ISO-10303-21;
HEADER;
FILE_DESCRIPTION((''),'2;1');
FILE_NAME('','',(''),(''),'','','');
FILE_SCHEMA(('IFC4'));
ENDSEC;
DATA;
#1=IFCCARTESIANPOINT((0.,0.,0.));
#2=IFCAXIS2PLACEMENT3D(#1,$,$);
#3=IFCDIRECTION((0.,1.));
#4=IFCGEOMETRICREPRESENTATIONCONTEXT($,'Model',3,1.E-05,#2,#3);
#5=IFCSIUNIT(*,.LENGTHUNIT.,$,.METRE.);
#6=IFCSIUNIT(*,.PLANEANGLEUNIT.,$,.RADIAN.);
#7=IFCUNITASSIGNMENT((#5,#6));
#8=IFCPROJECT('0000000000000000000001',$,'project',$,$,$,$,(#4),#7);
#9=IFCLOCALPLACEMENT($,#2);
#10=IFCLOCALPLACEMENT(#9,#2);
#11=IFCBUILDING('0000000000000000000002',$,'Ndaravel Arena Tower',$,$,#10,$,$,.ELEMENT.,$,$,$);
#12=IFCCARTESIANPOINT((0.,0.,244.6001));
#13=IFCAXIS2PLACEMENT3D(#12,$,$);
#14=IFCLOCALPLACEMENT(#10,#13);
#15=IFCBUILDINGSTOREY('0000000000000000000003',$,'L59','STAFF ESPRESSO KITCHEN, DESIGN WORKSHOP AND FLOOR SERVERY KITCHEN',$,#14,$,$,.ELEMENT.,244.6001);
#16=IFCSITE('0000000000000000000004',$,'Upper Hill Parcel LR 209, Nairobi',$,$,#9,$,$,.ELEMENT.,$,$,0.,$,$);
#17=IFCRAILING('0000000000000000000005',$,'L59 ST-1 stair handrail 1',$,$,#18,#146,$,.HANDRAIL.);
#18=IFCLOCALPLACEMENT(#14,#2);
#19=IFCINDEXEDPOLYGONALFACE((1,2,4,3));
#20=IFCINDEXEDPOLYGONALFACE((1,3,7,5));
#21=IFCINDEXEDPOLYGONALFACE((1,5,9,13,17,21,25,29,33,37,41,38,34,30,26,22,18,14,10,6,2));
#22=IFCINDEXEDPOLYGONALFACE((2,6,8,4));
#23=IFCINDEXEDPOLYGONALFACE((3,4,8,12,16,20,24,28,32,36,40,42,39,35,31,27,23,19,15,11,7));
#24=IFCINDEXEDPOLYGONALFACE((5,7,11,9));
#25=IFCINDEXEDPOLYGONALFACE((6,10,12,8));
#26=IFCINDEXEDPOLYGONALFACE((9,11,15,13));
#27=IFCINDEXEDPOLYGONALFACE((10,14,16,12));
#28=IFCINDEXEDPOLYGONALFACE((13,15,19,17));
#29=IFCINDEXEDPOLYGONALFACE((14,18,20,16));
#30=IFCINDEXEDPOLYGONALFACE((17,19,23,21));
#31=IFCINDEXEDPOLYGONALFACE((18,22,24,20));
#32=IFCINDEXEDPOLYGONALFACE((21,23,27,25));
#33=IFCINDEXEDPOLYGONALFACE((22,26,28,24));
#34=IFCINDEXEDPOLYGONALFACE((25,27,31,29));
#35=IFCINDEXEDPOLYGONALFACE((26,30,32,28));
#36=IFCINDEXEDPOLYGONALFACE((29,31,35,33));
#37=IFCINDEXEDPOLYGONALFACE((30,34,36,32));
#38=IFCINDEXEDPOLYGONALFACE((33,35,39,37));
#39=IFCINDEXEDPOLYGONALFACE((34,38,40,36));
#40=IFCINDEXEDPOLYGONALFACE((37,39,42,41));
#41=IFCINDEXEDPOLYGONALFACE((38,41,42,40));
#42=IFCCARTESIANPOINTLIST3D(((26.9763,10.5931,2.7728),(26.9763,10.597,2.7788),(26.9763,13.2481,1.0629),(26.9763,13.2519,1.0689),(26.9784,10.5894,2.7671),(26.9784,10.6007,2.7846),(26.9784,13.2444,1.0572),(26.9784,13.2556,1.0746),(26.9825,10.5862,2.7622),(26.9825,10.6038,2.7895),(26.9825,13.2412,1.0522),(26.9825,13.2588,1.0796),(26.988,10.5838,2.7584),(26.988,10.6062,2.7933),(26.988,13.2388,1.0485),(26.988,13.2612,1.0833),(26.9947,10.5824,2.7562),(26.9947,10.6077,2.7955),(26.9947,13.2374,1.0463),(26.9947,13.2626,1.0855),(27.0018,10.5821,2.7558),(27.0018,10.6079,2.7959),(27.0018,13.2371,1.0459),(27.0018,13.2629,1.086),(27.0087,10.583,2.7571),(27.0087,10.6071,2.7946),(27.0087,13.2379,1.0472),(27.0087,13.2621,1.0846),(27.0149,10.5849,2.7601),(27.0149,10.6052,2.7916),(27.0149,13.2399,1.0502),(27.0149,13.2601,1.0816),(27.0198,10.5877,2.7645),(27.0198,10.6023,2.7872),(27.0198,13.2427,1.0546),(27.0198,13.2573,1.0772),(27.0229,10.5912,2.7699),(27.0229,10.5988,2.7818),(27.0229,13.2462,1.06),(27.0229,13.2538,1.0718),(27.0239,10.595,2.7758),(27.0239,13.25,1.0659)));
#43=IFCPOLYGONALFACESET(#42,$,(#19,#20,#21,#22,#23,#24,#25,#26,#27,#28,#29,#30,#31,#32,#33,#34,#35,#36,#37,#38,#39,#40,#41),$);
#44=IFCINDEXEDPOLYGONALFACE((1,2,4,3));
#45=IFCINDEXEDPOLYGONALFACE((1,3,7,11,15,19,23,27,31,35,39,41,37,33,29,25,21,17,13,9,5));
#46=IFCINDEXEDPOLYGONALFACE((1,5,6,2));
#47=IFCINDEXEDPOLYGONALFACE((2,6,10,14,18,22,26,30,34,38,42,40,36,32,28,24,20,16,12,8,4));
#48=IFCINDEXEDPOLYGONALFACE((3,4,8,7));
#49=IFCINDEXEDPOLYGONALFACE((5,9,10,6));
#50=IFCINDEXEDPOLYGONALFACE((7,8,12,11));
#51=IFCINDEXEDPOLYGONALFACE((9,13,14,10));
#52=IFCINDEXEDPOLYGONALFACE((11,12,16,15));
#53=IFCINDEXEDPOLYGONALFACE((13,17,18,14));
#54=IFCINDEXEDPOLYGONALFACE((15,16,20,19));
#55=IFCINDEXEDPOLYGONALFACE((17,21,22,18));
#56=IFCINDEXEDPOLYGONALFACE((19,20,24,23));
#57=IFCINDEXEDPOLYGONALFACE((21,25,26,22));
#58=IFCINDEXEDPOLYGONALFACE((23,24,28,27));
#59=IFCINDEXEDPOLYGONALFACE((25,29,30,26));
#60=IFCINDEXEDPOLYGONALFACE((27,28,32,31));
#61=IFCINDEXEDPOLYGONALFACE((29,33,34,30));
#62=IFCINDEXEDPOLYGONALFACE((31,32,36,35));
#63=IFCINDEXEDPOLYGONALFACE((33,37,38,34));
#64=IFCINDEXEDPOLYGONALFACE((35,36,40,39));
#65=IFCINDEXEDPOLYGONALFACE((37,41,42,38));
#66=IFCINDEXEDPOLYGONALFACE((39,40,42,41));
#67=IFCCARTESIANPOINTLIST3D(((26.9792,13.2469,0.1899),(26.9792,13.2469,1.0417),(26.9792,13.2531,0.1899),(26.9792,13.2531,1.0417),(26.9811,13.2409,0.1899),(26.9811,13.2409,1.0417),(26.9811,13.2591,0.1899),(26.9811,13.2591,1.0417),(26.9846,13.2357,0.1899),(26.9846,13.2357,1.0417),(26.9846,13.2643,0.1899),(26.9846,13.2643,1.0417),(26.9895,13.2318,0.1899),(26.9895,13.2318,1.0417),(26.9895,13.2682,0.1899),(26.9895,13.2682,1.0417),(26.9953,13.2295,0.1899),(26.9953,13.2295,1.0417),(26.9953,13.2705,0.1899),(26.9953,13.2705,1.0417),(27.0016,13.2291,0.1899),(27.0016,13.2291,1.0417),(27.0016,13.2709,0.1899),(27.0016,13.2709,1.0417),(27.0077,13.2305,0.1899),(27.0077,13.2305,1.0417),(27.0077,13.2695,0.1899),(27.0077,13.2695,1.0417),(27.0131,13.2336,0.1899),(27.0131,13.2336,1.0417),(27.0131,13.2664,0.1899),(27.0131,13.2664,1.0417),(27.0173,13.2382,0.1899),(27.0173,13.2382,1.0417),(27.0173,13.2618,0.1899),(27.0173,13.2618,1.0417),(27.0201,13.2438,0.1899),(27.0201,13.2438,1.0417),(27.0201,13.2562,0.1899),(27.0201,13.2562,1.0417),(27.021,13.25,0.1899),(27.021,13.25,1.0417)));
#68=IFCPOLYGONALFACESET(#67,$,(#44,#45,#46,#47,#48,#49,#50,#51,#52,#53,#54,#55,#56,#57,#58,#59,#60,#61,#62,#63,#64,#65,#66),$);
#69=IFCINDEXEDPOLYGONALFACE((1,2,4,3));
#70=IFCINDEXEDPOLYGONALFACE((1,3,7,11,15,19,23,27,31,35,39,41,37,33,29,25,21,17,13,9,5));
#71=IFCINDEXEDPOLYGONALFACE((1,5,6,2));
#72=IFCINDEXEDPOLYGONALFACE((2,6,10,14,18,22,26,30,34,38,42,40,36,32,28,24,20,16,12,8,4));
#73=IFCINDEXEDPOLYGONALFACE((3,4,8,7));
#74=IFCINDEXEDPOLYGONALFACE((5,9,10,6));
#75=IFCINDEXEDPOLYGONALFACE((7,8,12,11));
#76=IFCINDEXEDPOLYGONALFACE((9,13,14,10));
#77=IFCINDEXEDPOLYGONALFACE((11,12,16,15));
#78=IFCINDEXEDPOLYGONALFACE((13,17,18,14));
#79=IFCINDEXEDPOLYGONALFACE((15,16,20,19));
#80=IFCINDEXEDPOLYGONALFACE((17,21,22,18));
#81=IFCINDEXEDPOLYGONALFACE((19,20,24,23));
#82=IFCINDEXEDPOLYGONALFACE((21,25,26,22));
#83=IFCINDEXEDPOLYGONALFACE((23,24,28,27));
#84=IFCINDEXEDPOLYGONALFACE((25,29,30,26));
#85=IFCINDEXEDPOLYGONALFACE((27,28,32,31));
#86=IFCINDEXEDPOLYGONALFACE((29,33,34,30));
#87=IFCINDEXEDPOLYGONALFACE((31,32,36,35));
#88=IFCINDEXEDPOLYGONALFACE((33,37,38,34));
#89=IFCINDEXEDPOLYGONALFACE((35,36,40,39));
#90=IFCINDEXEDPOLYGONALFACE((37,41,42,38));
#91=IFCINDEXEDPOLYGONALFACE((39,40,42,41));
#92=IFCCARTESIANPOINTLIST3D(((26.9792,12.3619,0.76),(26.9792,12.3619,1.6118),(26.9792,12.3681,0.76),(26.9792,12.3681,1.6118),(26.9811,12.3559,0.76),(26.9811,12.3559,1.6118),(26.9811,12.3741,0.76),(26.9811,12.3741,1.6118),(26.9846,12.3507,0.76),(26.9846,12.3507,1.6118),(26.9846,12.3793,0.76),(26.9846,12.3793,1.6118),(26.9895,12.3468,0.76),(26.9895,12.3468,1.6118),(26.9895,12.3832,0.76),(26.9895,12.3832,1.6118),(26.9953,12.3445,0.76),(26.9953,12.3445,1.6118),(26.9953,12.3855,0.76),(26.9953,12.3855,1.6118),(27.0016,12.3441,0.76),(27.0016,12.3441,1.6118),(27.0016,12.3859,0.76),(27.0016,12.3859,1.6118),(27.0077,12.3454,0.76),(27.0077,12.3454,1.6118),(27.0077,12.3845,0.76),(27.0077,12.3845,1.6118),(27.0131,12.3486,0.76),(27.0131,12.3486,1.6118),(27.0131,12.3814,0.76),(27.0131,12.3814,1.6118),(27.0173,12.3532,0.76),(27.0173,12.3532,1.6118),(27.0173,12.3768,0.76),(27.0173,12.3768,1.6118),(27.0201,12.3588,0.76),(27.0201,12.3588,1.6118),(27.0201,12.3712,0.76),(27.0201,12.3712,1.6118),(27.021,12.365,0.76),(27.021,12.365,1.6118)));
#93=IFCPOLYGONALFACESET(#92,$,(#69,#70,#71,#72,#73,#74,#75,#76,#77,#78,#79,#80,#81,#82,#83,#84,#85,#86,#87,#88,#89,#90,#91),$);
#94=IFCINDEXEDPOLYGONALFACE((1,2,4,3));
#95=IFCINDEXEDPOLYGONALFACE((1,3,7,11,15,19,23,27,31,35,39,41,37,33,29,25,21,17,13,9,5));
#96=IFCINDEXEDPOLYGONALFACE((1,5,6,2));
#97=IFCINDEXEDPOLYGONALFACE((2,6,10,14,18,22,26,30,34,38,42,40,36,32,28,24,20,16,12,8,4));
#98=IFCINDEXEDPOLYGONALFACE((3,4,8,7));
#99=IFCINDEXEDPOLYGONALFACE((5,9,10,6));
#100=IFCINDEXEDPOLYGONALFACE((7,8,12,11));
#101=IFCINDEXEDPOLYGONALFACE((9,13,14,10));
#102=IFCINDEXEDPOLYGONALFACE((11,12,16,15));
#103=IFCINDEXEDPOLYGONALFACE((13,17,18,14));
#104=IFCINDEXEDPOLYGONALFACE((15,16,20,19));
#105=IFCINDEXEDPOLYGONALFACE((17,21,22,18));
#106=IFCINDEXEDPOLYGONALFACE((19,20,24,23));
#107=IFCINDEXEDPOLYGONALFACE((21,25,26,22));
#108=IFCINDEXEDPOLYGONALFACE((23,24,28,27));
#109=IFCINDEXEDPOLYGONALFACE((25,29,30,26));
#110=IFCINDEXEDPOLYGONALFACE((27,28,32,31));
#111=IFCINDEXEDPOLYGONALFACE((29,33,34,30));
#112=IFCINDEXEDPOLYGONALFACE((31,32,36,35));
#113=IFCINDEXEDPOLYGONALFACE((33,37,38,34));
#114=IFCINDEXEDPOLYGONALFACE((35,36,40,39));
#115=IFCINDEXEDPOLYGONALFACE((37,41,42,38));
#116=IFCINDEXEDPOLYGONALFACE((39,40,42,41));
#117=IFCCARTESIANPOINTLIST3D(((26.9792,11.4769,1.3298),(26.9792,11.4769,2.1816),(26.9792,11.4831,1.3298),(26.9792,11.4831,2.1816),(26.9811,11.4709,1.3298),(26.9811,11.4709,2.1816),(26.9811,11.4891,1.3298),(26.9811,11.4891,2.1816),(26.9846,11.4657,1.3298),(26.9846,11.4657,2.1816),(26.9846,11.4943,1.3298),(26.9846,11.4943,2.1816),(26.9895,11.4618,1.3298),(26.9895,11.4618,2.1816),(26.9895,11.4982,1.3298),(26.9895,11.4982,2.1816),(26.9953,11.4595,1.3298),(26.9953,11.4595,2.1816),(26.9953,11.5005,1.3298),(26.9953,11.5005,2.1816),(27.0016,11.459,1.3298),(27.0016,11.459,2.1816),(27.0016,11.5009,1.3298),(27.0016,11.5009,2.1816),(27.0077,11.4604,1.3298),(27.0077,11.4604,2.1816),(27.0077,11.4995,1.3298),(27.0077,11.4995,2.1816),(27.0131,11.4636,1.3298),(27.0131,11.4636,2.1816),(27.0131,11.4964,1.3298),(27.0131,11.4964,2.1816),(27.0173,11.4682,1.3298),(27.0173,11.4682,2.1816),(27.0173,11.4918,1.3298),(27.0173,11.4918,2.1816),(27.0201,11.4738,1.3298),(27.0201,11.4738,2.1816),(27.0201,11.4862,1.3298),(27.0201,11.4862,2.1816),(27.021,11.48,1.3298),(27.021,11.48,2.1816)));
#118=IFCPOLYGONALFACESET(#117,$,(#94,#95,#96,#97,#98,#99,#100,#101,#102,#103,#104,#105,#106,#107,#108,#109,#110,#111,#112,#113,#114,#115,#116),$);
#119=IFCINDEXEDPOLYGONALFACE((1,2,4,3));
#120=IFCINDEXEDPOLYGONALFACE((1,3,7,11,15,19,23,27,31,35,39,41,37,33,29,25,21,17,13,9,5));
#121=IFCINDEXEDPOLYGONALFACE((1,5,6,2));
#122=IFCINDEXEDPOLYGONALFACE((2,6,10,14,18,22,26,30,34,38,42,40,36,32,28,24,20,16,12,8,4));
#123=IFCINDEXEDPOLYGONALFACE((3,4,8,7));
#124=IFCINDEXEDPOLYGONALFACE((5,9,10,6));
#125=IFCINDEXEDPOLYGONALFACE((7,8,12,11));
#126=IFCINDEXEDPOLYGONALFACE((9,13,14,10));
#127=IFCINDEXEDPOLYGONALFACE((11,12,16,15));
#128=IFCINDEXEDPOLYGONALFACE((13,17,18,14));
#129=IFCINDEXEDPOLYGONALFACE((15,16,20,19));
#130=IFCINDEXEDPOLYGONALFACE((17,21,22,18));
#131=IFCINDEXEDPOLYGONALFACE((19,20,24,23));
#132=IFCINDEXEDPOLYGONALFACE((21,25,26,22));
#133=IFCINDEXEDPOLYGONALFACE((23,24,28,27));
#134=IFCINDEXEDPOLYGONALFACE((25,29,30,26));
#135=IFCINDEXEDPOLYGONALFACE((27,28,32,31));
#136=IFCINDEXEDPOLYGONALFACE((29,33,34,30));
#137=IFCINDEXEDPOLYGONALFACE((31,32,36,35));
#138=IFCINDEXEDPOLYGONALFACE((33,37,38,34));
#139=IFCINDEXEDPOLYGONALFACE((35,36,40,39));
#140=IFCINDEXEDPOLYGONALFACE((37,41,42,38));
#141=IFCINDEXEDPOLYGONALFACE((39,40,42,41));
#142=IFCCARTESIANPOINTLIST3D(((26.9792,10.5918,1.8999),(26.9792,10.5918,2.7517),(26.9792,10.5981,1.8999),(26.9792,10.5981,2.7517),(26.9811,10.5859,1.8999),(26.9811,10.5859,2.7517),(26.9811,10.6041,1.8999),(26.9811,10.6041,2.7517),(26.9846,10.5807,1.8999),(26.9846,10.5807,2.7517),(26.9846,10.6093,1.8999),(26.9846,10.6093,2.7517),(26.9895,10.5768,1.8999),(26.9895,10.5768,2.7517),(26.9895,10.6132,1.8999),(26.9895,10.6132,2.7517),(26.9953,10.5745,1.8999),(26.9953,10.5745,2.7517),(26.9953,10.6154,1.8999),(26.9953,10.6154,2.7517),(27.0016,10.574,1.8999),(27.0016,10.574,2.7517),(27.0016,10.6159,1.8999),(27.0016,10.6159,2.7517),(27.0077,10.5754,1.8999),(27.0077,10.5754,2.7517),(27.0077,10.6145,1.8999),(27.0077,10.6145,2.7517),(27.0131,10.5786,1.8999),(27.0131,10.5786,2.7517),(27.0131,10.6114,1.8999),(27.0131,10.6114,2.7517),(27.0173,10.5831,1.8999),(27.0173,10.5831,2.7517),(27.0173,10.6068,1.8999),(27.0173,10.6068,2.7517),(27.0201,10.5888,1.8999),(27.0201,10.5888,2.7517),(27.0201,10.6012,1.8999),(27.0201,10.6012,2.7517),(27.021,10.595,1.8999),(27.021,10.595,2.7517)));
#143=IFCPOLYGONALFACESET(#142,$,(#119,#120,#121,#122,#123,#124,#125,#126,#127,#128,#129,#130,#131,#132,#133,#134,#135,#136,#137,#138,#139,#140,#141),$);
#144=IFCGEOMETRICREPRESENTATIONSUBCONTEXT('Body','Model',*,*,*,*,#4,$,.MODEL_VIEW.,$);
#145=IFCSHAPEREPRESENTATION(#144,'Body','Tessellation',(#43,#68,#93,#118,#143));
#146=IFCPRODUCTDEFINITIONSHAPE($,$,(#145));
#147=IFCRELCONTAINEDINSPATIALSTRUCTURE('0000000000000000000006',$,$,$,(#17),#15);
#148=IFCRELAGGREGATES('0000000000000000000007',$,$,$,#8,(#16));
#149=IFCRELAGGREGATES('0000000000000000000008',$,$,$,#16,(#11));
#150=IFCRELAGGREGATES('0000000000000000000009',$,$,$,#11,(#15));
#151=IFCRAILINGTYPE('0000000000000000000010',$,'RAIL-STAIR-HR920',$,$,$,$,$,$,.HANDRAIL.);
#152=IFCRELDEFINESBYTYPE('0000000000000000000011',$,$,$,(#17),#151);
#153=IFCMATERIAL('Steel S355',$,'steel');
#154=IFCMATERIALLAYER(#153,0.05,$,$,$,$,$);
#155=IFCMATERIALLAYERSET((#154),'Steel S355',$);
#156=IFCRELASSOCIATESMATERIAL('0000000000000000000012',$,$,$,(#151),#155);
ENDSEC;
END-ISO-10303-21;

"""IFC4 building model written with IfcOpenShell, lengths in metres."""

from ifc_helpers import new_model, si_unit, direction, frame, origin, origin_2d, place, context, subcontext, project, spatial, circle, extrude, material, layer, layer_set, type_object, element, save


model = new_model("IFC4")

# Units and contexts
model_context = context("Model", 3, precision=1e-05, world=origin(), true_north=direction((0.0, 1.0)))
body_context = subcontext(model_context, "Body", "Model", "MODEL_VIEW")
ifc_project = project(units=[si_unit("LENGTHUNIT", "METRE"), si_unit("PLANEANGLEUNIT", "RADIAN")], contexts=[model_context])

# Site, building, storey
site_placement = place(None, origin())
site = spatial("IfcSite", under=ifc_project, at=site_placement, Name="Upper Hill Parcel LR 209, Nairobi", CompositionType="ELEMENT", RefElevation=0.0)
building_placement = place(site_placement, origin())
building = spatial("IfcBuilding", under=site, at=building_placement, Name="Ndaravel Arena Tower", CompositionType="ELEMENT")
storey_placement = place(building_placement, frame((0.0, 0.0, 244.6001)))
storey = spatial("IfcBuildingStorey", under=building, at=storey_placement, Name="L59", Description="STAFF ESPRESSO KITCHEN, DESIGN WORKSHOP AND FLOOR SERVERY KITCHEN", CompositionType="ELEMENT", Elevation=244.6001)

# Railing
ifc_material_1 = material(Name="Steel S355", Category="steel")
ifc_layer_1 = layer(ifc_material_1, 0.05)
ifc_layer_set_1 = layer_set([ifc_layer_1], Name="Steel S355")
railing_type_1 = type_object("IfcRailingType", Name="RAIL-STAIR-HR920", PredefinedType="HANDRAIL", material=ifc_layer_set_1)
railing_1_placement = place(storey_placement, frame((27.0, 13.25, 0.1899)))
element("IfcRailing", 1, at=railing_1_placement, inside=storey, type_object=railing_type_1, Name="L59 ST-1 stair handrail 1", PredefinedType="HANDRAIL", context=body_context, shape_type="SweptSolid", body=[
    extrude(circle(Radius=0.0239, at=origin_2d()), frame((0.0, 0.0, 0.876), z_axis=(0.0, -0.840724, 0.541465), x_axis=(1.0, 0.0, 0.0)), (0.0, 0.0, 1.0), 3.158),
    extrude(circle(Radius=0.021, at=origin_2d()), origin(), (0.0, 0.0, 1.0), 0.8518),
    extrude(circle(Radius=0.021, at=origin_2d()), frame((0.0, -0.885, 0.5701)), (0.0, 0.0, 1.0), 0.8518),
    extrude(circle(Radius=0.021, at=origin_2d()), frame((0.0, -1.77, 1.1399)), (0.0, 0.0, 1.0), 0.8518),
    extrude(circle(Radius=0.021, at=origin_2d()), frame((0.0, -2.655, 1.71)), (0.0, 0.0, 1.0), 0.8518),
])

save(model, "model.ifc")
